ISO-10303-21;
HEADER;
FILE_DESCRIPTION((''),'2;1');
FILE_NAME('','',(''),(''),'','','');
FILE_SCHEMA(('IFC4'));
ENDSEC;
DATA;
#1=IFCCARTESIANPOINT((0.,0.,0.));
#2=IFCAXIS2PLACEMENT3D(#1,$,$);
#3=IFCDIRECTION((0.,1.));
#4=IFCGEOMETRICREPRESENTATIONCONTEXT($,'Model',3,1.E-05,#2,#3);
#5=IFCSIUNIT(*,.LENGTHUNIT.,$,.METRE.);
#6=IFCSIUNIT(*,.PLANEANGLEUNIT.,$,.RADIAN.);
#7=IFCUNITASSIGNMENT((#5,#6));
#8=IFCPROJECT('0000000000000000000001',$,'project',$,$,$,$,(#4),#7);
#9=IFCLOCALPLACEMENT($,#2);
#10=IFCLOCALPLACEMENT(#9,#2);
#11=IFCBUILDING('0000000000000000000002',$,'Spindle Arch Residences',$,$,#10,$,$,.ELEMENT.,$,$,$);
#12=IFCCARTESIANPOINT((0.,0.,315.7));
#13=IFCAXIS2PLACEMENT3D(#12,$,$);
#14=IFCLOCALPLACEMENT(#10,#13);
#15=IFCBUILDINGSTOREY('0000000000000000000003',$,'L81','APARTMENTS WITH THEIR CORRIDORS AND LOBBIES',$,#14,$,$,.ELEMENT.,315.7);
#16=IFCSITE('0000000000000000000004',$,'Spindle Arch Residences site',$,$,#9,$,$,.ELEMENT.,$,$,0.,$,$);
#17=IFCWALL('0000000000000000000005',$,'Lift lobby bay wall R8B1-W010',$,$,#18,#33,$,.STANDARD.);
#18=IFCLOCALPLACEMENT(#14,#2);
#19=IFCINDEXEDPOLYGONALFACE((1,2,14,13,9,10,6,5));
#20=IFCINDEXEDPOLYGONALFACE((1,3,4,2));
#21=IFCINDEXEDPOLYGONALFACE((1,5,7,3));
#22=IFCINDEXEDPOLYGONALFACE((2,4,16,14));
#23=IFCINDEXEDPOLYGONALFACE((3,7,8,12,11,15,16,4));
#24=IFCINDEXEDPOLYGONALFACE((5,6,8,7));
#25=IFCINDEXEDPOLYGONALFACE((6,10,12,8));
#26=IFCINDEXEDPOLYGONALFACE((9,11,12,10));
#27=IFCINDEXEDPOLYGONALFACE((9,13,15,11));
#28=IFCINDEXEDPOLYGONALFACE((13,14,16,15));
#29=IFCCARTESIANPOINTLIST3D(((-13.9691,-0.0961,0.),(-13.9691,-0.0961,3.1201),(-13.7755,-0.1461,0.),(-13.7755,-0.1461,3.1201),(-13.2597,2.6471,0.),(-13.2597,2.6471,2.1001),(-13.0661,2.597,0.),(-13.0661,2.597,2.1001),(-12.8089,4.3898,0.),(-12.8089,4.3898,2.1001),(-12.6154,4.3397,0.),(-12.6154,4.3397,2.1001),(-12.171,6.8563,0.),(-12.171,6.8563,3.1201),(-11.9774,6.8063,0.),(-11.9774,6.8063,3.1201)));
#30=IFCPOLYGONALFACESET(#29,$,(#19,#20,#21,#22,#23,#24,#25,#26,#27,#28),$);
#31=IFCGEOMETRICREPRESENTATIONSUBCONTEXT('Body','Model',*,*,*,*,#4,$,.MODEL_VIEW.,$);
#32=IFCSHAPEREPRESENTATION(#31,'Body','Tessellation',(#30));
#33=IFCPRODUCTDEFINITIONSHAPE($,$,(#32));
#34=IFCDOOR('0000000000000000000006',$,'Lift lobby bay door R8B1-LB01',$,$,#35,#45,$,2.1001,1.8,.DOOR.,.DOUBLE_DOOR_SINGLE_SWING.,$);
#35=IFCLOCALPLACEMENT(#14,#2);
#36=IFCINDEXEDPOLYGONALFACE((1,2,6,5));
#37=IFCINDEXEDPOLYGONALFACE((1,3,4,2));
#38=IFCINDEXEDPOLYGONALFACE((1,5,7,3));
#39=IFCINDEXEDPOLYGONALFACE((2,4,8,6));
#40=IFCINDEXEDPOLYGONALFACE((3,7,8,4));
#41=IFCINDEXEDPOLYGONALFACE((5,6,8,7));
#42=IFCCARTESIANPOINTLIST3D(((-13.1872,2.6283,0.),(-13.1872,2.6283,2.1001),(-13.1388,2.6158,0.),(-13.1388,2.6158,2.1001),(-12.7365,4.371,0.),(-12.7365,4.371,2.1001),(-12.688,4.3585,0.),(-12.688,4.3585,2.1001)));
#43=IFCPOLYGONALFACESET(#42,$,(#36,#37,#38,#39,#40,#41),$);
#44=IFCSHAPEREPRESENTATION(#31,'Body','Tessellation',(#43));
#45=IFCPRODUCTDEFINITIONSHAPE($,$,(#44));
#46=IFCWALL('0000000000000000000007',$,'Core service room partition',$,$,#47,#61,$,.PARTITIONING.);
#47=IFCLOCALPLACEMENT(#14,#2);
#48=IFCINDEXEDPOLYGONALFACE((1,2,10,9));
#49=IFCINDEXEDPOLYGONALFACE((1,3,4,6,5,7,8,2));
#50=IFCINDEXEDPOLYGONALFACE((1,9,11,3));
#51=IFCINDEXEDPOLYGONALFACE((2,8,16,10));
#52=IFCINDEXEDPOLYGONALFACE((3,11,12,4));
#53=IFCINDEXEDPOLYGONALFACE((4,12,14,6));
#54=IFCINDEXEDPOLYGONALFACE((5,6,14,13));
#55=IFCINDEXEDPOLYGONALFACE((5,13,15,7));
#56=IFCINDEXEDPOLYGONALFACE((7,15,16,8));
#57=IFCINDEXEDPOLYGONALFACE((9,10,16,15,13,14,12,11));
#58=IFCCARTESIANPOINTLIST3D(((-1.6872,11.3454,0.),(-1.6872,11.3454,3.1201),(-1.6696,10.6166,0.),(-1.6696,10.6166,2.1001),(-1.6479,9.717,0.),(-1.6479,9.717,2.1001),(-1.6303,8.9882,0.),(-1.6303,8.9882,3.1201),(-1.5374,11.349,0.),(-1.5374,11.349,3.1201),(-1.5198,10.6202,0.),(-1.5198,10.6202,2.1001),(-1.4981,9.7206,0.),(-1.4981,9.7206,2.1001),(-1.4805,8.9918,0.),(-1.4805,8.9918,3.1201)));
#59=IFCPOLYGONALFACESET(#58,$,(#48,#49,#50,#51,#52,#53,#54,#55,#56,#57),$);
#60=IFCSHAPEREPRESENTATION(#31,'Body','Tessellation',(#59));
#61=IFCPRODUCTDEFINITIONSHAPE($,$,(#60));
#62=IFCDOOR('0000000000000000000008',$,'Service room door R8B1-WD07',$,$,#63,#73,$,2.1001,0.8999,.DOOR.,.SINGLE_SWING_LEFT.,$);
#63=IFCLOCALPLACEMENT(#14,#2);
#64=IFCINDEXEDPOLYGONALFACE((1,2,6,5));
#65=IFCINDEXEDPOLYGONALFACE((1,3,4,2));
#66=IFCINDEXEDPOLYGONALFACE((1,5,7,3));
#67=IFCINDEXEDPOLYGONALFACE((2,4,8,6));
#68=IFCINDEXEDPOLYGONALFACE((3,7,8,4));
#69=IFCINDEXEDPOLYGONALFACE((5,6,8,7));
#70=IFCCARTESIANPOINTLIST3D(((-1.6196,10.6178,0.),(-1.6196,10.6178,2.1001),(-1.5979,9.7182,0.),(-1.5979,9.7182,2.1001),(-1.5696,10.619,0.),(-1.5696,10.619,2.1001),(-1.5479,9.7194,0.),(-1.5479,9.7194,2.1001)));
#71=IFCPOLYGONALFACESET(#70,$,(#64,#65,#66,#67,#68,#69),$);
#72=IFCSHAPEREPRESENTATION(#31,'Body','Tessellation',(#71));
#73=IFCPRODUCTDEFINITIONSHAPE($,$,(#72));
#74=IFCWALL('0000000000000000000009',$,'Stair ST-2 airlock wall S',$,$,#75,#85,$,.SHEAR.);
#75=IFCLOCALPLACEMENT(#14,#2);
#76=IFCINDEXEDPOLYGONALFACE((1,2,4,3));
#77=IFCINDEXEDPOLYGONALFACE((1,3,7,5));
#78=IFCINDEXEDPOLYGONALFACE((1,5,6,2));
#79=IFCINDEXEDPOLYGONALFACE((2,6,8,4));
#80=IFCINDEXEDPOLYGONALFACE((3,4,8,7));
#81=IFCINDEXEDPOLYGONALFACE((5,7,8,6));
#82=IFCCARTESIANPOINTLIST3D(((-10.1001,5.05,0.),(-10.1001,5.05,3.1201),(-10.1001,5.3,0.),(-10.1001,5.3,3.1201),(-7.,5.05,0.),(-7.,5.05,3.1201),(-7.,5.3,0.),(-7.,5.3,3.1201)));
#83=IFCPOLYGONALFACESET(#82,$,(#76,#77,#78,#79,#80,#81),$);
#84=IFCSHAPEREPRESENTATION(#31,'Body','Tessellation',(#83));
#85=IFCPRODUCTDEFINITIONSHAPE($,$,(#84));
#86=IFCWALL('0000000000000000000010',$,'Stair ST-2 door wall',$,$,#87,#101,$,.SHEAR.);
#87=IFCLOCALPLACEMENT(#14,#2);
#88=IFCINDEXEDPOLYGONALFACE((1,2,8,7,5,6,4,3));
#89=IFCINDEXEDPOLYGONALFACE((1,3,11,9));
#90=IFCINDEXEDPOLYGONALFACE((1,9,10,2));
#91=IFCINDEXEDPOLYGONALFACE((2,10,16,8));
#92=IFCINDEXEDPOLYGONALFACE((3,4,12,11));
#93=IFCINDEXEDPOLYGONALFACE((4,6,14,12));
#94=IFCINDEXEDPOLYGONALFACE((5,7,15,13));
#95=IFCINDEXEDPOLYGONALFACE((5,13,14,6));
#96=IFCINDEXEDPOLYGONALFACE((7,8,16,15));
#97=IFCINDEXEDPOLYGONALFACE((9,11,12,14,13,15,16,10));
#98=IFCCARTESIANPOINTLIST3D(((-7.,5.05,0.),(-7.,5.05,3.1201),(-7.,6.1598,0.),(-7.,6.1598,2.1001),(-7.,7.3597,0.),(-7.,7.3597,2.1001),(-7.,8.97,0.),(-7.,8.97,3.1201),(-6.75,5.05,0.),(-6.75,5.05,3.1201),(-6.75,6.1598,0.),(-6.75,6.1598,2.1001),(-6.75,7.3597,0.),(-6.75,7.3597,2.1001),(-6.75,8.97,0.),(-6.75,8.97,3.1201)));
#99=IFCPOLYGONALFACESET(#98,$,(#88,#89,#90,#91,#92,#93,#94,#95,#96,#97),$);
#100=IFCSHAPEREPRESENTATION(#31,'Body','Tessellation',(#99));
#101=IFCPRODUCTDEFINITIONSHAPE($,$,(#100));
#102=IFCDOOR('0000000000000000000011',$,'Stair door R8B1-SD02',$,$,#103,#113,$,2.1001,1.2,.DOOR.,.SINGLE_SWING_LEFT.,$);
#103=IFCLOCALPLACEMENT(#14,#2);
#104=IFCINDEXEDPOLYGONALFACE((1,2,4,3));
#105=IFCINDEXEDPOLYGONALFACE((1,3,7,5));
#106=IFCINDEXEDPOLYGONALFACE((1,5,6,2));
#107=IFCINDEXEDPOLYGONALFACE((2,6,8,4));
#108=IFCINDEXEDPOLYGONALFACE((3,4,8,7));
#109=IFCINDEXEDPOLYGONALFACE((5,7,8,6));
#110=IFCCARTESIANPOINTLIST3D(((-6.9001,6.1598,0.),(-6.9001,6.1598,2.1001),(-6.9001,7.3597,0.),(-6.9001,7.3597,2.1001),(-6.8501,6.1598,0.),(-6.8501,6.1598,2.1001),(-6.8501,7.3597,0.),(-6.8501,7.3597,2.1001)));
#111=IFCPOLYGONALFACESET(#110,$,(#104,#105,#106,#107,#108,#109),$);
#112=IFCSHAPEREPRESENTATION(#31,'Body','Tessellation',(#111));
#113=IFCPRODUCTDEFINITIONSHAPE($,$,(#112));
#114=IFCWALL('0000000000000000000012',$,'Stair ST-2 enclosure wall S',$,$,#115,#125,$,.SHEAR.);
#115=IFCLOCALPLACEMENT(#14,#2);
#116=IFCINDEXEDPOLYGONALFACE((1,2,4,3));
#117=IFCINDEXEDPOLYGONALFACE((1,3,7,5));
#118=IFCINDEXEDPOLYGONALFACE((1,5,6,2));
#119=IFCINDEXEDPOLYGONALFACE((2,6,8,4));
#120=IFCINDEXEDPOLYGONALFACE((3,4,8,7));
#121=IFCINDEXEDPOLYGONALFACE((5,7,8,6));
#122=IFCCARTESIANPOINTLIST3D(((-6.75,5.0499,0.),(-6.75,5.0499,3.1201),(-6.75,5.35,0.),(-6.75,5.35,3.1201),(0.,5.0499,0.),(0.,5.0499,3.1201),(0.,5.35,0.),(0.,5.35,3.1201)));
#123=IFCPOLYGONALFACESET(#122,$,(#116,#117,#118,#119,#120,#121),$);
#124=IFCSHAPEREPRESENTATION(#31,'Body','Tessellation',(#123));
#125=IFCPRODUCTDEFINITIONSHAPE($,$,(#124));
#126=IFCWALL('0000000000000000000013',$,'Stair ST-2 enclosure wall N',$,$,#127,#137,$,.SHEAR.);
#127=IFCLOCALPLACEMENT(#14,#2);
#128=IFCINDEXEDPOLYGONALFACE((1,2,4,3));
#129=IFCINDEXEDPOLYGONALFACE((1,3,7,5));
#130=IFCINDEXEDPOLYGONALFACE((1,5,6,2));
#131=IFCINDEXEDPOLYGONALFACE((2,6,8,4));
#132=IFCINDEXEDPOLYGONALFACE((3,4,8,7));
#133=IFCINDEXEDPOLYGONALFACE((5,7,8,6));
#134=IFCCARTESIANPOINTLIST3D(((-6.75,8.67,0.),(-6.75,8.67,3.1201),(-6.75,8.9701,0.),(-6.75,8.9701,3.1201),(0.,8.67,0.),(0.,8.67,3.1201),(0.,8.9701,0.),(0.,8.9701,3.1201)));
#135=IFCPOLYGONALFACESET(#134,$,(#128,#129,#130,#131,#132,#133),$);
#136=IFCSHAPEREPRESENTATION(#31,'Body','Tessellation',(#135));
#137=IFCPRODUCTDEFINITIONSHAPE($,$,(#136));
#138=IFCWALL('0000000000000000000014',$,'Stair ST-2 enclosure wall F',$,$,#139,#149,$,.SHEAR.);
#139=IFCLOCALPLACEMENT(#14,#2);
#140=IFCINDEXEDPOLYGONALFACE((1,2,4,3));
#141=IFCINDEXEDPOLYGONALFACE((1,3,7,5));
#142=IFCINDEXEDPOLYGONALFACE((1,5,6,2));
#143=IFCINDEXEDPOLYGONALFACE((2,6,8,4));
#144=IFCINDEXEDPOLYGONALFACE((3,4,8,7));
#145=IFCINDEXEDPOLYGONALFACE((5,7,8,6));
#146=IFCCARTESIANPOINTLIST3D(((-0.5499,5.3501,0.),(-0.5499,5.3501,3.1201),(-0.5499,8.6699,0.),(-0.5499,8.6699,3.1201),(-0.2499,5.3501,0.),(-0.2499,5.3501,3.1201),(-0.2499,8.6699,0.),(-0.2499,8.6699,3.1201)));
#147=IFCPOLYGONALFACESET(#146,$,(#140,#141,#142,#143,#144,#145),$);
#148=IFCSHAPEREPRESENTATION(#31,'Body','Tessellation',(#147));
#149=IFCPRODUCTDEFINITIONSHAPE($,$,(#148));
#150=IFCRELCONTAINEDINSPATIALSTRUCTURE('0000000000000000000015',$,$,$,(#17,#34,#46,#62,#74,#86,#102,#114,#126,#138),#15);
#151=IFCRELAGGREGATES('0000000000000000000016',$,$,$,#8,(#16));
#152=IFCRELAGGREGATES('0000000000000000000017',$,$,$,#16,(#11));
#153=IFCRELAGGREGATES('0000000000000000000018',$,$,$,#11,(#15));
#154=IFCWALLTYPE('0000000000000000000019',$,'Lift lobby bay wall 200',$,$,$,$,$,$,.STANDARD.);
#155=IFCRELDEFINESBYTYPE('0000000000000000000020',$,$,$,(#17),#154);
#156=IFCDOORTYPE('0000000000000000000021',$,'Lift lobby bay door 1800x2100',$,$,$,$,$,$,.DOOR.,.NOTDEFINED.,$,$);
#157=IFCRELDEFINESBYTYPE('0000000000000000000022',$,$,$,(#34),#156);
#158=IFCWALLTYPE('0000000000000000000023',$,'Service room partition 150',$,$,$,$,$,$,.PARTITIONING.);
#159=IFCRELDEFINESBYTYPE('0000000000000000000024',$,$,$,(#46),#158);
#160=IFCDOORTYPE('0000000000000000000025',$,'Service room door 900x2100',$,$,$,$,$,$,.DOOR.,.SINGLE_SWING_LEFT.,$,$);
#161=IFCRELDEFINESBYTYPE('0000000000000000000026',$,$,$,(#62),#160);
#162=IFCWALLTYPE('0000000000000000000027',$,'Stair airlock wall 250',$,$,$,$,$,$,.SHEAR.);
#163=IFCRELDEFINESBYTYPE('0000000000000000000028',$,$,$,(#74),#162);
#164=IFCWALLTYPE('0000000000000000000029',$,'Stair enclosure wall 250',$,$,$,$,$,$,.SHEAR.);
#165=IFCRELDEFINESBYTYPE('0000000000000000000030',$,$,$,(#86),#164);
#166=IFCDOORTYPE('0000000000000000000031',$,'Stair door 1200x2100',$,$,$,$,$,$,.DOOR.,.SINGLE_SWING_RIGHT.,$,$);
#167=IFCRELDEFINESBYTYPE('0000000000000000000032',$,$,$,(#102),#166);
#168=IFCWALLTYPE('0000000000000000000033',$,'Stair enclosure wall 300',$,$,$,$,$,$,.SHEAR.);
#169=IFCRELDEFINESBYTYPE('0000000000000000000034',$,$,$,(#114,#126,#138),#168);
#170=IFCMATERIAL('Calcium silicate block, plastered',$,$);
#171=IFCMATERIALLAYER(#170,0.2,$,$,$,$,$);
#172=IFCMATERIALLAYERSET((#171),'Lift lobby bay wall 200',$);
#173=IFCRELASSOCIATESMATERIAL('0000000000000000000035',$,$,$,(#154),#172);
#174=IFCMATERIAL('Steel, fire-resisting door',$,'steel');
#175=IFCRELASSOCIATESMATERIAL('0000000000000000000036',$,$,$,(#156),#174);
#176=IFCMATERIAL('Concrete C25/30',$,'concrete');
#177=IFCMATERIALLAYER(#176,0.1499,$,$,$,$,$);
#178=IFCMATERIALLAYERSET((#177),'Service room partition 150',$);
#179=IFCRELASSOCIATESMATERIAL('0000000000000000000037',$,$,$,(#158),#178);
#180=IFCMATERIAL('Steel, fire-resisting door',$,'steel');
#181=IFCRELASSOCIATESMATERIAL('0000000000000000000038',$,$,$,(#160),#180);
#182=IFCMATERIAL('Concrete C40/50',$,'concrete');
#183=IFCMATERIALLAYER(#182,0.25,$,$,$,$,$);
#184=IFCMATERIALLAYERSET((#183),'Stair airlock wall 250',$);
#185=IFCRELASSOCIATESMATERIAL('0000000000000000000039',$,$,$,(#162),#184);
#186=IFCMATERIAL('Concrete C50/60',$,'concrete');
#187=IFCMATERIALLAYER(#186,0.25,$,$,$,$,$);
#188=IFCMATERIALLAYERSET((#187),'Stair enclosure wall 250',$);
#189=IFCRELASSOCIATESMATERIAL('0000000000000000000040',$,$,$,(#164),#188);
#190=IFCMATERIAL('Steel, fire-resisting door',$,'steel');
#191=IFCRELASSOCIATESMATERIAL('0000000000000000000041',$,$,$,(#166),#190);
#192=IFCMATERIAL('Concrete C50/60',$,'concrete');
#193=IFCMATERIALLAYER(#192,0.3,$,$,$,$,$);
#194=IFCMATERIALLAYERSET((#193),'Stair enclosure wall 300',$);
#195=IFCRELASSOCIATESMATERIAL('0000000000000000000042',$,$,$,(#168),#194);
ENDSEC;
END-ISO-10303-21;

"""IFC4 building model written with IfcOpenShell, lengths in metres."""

from ifc_helpers import new_model, si_unit, direction, frame, frame_2d, origin, place, context, subcontext, project, spatial, rectangle, extrude, material, layer, layer_set, type_object, element, fill, save


model = new_model("IFC4")

# Units and contexts
model_context = context("Model", 3, precision=1e-05, world=origin(), true_north=direction((0.0, 1.0)))
body_context = subcontext(model_context, "Body", "Model", "MODEL_VIEW")
ifc_project = project(units=[si_unit("LENGTHUNIT", "METRE"), si_unit("PLANEANGLEUNIT", "RADIAN")], contexts=[model_context])

# Site, building, storey
site_placement = place(None, origin())
site = spatial("IfcSite", under=ifc_project, at=site_placement, Name="Spindle Arch Residences site", CompositionType="ELEMENT", RefElevation=0.0)
building_placement = place(site_placement, origin())
building = spatial("IfcBuilding", under=site, at=building_placement, Name="Spindle Arch Residences", CompositionType="ELEMENT")
storey_placement = place(building_placement, frame((0.0, 0.0, 315.7)))
storey = spatial("IfcBuildingStorey", under=building, at=storey_placement, Name="L81", Description="APARTMENTS WITH THEIR CORRIDORS AND LOBBIES", CompositionType="ELEMENT", Elevation=315.7)

# Walls, openings, doors
ifc_material_1 = material(Name="Calcium silicate block, plastered")
ifc_layer_1 = layer(ifc_material_1, 0.2)
ifc_layer_set_1 = layer_set([ifc_layer_1], Name="Lift lobby bay wall 200")
wall_type_1 = type_object("IfcWallType", Name="Lift lobby bay wall 200", PredefinedType="STANDARD", material=ifc_layer_set_1)
wall_1_placement = place(storey_placement, frame((-12.0742, 6.8313, 0.0), z_axis=(0.0, 0.0, 1.0), x_axis=(-0.250391, -0.968145, 0.0)))
wall_1 = element("IfcWall", 1, at=wall_1_placement, inside=storey, type_object=wall_type_1, Name="Lift lobby bay wall R8B1-W010", PredefinedType="STANDARD", context=body_context, shape_type="SweptSolid", body=[
    extrude(rectangle(XDim=7.1812, YDim=0.2, at=frame_2d((3.5906, 0.0))), origin(), (0.0, 0.0, 1.0), 3.1201),
])
opening_1_placement = place(wall_1_placement, frame((2.5479, 0.0, 0.0)))
opening_1 = element("IfcOpeningElement", 2, at=opening_1_placement, cuts=wall_1, PredefinedType="OPENING", context=body_context, shape_type="SweptSolid", body=[
    extrude(rectangle(XDim=1.8, YDim=2.1001, at=frame_2d((0.8999, 1.05))), frame((0.0, 0.1099, 0.0), z_axis=(0.0, -1.0, 0.0), x_axis=(1.0, 0.0, 0.0)), (0.0, 0.0, 1.0), 0.22),
])
ifc_material_2 = material(Name="Steel, fire-resisting door", Category="steel")
door_type_1 = type_object("IfcDoorType", Name="Lift lobby bay door 1800x2100", OperationType="NOTDEFINED", PredefinedType="DOOR", material=ifc_material_2)
door_1_placement = place(opening_1_placement, origin())
door_1 = element("IfcDoor", 3, at=door_1_placement, inside=storey, type_object=door_type_1, Name="Lift lobby bay door R8B1-LB01", OperationType="DOUBLE_DOOR_SINGLE_SWING", OverallHeight=2.1001, OverallWidth=1.8, PredefinedType="DOOR", context=body_context, shape_type="SweptSolid", body=[
    extrude(rectangle(XDim=1.8, YDim=2.1001, at=frame_2d((0.8999, 1.05))), frame((0.0, 0.0249, 0.0), z_axis=(0.0, -1.0, 0.0), x_axis=(1.0, 0.0, 0.0)), (0.0, 0.0, 1.0), 0.05),
])
fill(opening_1, door_1)
ifc_material_3 = material(Name="Concrete C25/30", Category="concrete")
ifc_layer_2 = layer(ifc_material_3, 0.1499)
ifc_layer_set_2 = layer_set([ifc_layer_2], Name="Service room partition 150")
wall_type_2 = type_object("IfcWallType", Name="Service room partition 150", PredefinedType="PARTITIONING", material=ifc_layer_set_2)
wall_2_placement = place(storey_placement, frame((-1.5554, 8.99, 0.0), z_axis=(0.0, 0.0, 1.0), x_axis=(-0.024126, 0.999709, 0.0)))
wall_2 = element("IfcWall", 4, at=wall_2_placement, inside=storey, type_object=wall_type_2, Name="Core service room partition", PredefinedType="PARTITIONING", context=body_context, shape_type="SweptSolid", body=[
    extrude(rectangle(XDim=2.3579, YDim=0.1499, at=frame_2d((1.179, 0.0))), origin(), (0.0, 0.0, 1.0), 3.1201),
])
opening_2_placement = place(wall_2_placement, frame((0.729, 0.0, 0.0)))
opening_2 = element("IfcOpeningElement", 5, at=opening_2_placement, cuts=wall_2, PredefinedType="OPENING", context=body_context, shape_type="SweptSolid", body=[
    extrude(rectangle(XDim=0.8999, YDim=2.1001, at=frame_2d((0.45, 1.05))), frame((0.0, 0.085, 0.0), z_axis=(0.0, -1.0, 0.0), x_axis=(1.0, 0.0, 0.0)), (0.0, 0.0, 1.0), 0.1699),
])
ifc_material_4 = material(Name="Steel, fire-resisting door", Category="steel")
door_type_2 = type_object("IfcDoorType", Name="Service room door 900x2100", OperationType="SINGLE_SWING_LEFT", PredefinedType="DOOR", material=ifc_material_4)
door_2_placement = place(opening_2_placement, origin())
door_2 = element("IfcDoor", 6, at=door_2_placement, inside=storey, type_object=door_type_2, Name="Service room door R8B1-WD07", OperationType="SINGLE_SWING_LEFT", OverallHeight=2.1001, OverallWidth=0.8999, PredefinedType="DOOR", context=body_context, shape_type="SweptSolid", body=[
    extrude(rectangle(XDim=0.8999, YDim=2.1001, at=frame_2d((0.45, 1.05))), frame((0.0, 0.0249, 0.0), z_axis=(0.0, -1.0, 0.0), x_axis=(1.0, 0.0, 0.0)), (0.0, 0.0, 1.0), 0.05),
])
fill(opening_2, door_2)

# Wall
ifc_material_5 = material(Name="Concrete C40/50", Category="concrete")
ifc_layer_3 = layer(ifc_material_5, 0.25)
ifc_layer_set_3 = layer_set([ifc_layer_3], Name="Stair airlock wall 250")
wall_type_3 = type_object("IfcWallType", Name="Stair airlock wall 250", PredefinedType="SHEAR", material=ifc_layer_set_3)
wall_3_placement = place(storey_placement, frame((-7.0, 5.175, 0.0), z_axis=(0.0, 0.0, 1.0), x_axis=(-1.0, 0.0, 0.0)))
element("IfcWall", 7, at=wall_3_placement, inside=storey, type_object=wall_type_3, Name="Stair ST-2 airlock wall S", PredefinedType="SHEAR", context=body_context, shape_type="SweptSolid", body=[
    extrude(rectangle(XDim=3.1001, YDim=0.25, at=frame_2d((1.55, 0.0))), origin(), (0.0, 0.0, 1.0), 3.1201),
])

# Wall, opening, door
ifc_material_6 = material(Name="Concrete C50/60", Category="concrete")
ifc_layer_4 = layer(ifc_material_6, 0.25)
ifc_layer_set_4 = layer_set([ifc_layer_4], Name="Stair enclosure wall 250")
wall_type_4 = type_object("IfcWallType", Name="Stair enclosure wall 250", PredefinedType="SHEAR", material=ifc_layer_set_4)
wall_4_placement = place(storey_placement, frame((-6.875, 8.97, 0.0), z_axis=(0.0, 0.0, 1.0), x_axis=(0.0, -1.0, 0.0)))
wall_4 = element("IfcWall", 8, at=wall_4_placement, inside=storey, type_object=wall_type_4, Name="Stair ST-2 door wall", PredefinedType="SHEAR", context=body_context, shape_type="SweptSolid", body=[
    extrude(rectangle(XDim=3.9199, YDim=0.25, at=frame_2d((1.96, 0.0))), origin(), (0.0, 0.0, 1.0), 3.1201),
])
opening_3_placement = place(wall_4_placement, frame((1.6101, 0.0, 0.0)))
opening_3 = element("IfcOpeningElement", 9, at=opening_3_placement, cuts=wall_4, PredefinedType="OPENING", context=body_context, shape_type="SweptSolid", body=[
    extrude(rectangle(XDim=1.2, YDim=2.1001, at=frame_2d((0.6001, 1.05))), frame((0.0, 0.135, 0.0), z_axis=(0.0, -1.0, 0.0), x_axis=(1.0, 0.0, 0.0)), (0.0, 0.0, 1.0), 0.27),
])
ifc_material_7 = material(Name="Steel, fire-resisting door", Category="steel")
door_type_3 = type_object("IfcDoorType", Name="Stair door 1200x2100", OperationType="SINGLE_SWING_RIGHT", PredefinedType="DOOR", material=ifc_material_7)
door_3_placement = place(opening_3_placement, origin())
door_3 = element("IfcDoor", 10, at=door_3_placement, inside=storey, type_object=door_type_3, Name="Stair door R8B1-SD02", OperationType="SINGLE_SWING_LEFT", OverallHeight=2.1001, OverallWidth=1.2, PredefinedType="DOOR", context=body_context, shape_type="SweptSolid", body=[
    extrude(rectangle(XDim=1.2, YDim=2.1001, at=frame_2d((0.6001, 1.05))), frame((0.0, 0.0249, 0.0), z_axis=(0.0, -1.0, 0.0), x_axis=(1.0, 0.0, 0.0)), (0.0, 0.0, 1.0), 0.05),
])
fill(opening_3, door_3)

# Walls
ifc_material_8 = material(Name="Concrete C50/60", Category="concrete")
ifc_layer_5 = layer(ifc_material_8, 0.3)
ifc_layer_set_5 = layer_set([ifc_layer_5], Name="Stair enclosure wall 300")
wall_type_5 = type_object("IfcWallType", Name="Stair enclosure wall 300", PredefinedType="SHEAR", material=ifc_layer_set_5)
for number, where, z_axis, x_axis, name in (
    (11, (-6.75, 5.2, 0.0), (0.0, 0.0, 1.0), (1.0, 0.0, 0.0), "Stair ST-2 enclosure wall S"),
    (12, (-6.75, 8.8201, 0.0), (0.0, 0.0, 1.0), (1.0, 0.0, 0.0), "Stair ST-2 enclosure wall N"),
):
    element("IfcWall", number, at=place(storey_placement, frame(where, z_axis=z_axis, x_axis=x_axis)), inside=storey, type_object=wall_type_5, Name=name, PredefinedType="SHEAR", context=body_context, shape_type="SweptSolid", body=[
        extrude(rectangle(XDim=6.75, YDim=0.3, at=frame_2d((3.375, 0.0))), origin(), (0.0, 0.0, 1.0), 3.1201),
    ])
wall_5_placement = place(storey_placement, frame((-0.3999, 5.3501, 0.0), z_axis=(0.0, 0.0, 1.0), x_axis=(0.0, 1.0, 0.0)))
element("IfcWall", 13, at=wall_5_placement, inside=storey, type_object=wall_type_5, Name="Stair ST-2 enclosure wall F", PredefinedType="SHEAR", context=body_context, shape_type="SweptSolid", body=[
    extrude(rectangle(XDim=3.3198, YDim=0.3, at=frame_2d((1.6599, 0.0))), origin(), (0.0, 0.0, 1.0), 3.1201),
])

save(model, "model.ifc")
